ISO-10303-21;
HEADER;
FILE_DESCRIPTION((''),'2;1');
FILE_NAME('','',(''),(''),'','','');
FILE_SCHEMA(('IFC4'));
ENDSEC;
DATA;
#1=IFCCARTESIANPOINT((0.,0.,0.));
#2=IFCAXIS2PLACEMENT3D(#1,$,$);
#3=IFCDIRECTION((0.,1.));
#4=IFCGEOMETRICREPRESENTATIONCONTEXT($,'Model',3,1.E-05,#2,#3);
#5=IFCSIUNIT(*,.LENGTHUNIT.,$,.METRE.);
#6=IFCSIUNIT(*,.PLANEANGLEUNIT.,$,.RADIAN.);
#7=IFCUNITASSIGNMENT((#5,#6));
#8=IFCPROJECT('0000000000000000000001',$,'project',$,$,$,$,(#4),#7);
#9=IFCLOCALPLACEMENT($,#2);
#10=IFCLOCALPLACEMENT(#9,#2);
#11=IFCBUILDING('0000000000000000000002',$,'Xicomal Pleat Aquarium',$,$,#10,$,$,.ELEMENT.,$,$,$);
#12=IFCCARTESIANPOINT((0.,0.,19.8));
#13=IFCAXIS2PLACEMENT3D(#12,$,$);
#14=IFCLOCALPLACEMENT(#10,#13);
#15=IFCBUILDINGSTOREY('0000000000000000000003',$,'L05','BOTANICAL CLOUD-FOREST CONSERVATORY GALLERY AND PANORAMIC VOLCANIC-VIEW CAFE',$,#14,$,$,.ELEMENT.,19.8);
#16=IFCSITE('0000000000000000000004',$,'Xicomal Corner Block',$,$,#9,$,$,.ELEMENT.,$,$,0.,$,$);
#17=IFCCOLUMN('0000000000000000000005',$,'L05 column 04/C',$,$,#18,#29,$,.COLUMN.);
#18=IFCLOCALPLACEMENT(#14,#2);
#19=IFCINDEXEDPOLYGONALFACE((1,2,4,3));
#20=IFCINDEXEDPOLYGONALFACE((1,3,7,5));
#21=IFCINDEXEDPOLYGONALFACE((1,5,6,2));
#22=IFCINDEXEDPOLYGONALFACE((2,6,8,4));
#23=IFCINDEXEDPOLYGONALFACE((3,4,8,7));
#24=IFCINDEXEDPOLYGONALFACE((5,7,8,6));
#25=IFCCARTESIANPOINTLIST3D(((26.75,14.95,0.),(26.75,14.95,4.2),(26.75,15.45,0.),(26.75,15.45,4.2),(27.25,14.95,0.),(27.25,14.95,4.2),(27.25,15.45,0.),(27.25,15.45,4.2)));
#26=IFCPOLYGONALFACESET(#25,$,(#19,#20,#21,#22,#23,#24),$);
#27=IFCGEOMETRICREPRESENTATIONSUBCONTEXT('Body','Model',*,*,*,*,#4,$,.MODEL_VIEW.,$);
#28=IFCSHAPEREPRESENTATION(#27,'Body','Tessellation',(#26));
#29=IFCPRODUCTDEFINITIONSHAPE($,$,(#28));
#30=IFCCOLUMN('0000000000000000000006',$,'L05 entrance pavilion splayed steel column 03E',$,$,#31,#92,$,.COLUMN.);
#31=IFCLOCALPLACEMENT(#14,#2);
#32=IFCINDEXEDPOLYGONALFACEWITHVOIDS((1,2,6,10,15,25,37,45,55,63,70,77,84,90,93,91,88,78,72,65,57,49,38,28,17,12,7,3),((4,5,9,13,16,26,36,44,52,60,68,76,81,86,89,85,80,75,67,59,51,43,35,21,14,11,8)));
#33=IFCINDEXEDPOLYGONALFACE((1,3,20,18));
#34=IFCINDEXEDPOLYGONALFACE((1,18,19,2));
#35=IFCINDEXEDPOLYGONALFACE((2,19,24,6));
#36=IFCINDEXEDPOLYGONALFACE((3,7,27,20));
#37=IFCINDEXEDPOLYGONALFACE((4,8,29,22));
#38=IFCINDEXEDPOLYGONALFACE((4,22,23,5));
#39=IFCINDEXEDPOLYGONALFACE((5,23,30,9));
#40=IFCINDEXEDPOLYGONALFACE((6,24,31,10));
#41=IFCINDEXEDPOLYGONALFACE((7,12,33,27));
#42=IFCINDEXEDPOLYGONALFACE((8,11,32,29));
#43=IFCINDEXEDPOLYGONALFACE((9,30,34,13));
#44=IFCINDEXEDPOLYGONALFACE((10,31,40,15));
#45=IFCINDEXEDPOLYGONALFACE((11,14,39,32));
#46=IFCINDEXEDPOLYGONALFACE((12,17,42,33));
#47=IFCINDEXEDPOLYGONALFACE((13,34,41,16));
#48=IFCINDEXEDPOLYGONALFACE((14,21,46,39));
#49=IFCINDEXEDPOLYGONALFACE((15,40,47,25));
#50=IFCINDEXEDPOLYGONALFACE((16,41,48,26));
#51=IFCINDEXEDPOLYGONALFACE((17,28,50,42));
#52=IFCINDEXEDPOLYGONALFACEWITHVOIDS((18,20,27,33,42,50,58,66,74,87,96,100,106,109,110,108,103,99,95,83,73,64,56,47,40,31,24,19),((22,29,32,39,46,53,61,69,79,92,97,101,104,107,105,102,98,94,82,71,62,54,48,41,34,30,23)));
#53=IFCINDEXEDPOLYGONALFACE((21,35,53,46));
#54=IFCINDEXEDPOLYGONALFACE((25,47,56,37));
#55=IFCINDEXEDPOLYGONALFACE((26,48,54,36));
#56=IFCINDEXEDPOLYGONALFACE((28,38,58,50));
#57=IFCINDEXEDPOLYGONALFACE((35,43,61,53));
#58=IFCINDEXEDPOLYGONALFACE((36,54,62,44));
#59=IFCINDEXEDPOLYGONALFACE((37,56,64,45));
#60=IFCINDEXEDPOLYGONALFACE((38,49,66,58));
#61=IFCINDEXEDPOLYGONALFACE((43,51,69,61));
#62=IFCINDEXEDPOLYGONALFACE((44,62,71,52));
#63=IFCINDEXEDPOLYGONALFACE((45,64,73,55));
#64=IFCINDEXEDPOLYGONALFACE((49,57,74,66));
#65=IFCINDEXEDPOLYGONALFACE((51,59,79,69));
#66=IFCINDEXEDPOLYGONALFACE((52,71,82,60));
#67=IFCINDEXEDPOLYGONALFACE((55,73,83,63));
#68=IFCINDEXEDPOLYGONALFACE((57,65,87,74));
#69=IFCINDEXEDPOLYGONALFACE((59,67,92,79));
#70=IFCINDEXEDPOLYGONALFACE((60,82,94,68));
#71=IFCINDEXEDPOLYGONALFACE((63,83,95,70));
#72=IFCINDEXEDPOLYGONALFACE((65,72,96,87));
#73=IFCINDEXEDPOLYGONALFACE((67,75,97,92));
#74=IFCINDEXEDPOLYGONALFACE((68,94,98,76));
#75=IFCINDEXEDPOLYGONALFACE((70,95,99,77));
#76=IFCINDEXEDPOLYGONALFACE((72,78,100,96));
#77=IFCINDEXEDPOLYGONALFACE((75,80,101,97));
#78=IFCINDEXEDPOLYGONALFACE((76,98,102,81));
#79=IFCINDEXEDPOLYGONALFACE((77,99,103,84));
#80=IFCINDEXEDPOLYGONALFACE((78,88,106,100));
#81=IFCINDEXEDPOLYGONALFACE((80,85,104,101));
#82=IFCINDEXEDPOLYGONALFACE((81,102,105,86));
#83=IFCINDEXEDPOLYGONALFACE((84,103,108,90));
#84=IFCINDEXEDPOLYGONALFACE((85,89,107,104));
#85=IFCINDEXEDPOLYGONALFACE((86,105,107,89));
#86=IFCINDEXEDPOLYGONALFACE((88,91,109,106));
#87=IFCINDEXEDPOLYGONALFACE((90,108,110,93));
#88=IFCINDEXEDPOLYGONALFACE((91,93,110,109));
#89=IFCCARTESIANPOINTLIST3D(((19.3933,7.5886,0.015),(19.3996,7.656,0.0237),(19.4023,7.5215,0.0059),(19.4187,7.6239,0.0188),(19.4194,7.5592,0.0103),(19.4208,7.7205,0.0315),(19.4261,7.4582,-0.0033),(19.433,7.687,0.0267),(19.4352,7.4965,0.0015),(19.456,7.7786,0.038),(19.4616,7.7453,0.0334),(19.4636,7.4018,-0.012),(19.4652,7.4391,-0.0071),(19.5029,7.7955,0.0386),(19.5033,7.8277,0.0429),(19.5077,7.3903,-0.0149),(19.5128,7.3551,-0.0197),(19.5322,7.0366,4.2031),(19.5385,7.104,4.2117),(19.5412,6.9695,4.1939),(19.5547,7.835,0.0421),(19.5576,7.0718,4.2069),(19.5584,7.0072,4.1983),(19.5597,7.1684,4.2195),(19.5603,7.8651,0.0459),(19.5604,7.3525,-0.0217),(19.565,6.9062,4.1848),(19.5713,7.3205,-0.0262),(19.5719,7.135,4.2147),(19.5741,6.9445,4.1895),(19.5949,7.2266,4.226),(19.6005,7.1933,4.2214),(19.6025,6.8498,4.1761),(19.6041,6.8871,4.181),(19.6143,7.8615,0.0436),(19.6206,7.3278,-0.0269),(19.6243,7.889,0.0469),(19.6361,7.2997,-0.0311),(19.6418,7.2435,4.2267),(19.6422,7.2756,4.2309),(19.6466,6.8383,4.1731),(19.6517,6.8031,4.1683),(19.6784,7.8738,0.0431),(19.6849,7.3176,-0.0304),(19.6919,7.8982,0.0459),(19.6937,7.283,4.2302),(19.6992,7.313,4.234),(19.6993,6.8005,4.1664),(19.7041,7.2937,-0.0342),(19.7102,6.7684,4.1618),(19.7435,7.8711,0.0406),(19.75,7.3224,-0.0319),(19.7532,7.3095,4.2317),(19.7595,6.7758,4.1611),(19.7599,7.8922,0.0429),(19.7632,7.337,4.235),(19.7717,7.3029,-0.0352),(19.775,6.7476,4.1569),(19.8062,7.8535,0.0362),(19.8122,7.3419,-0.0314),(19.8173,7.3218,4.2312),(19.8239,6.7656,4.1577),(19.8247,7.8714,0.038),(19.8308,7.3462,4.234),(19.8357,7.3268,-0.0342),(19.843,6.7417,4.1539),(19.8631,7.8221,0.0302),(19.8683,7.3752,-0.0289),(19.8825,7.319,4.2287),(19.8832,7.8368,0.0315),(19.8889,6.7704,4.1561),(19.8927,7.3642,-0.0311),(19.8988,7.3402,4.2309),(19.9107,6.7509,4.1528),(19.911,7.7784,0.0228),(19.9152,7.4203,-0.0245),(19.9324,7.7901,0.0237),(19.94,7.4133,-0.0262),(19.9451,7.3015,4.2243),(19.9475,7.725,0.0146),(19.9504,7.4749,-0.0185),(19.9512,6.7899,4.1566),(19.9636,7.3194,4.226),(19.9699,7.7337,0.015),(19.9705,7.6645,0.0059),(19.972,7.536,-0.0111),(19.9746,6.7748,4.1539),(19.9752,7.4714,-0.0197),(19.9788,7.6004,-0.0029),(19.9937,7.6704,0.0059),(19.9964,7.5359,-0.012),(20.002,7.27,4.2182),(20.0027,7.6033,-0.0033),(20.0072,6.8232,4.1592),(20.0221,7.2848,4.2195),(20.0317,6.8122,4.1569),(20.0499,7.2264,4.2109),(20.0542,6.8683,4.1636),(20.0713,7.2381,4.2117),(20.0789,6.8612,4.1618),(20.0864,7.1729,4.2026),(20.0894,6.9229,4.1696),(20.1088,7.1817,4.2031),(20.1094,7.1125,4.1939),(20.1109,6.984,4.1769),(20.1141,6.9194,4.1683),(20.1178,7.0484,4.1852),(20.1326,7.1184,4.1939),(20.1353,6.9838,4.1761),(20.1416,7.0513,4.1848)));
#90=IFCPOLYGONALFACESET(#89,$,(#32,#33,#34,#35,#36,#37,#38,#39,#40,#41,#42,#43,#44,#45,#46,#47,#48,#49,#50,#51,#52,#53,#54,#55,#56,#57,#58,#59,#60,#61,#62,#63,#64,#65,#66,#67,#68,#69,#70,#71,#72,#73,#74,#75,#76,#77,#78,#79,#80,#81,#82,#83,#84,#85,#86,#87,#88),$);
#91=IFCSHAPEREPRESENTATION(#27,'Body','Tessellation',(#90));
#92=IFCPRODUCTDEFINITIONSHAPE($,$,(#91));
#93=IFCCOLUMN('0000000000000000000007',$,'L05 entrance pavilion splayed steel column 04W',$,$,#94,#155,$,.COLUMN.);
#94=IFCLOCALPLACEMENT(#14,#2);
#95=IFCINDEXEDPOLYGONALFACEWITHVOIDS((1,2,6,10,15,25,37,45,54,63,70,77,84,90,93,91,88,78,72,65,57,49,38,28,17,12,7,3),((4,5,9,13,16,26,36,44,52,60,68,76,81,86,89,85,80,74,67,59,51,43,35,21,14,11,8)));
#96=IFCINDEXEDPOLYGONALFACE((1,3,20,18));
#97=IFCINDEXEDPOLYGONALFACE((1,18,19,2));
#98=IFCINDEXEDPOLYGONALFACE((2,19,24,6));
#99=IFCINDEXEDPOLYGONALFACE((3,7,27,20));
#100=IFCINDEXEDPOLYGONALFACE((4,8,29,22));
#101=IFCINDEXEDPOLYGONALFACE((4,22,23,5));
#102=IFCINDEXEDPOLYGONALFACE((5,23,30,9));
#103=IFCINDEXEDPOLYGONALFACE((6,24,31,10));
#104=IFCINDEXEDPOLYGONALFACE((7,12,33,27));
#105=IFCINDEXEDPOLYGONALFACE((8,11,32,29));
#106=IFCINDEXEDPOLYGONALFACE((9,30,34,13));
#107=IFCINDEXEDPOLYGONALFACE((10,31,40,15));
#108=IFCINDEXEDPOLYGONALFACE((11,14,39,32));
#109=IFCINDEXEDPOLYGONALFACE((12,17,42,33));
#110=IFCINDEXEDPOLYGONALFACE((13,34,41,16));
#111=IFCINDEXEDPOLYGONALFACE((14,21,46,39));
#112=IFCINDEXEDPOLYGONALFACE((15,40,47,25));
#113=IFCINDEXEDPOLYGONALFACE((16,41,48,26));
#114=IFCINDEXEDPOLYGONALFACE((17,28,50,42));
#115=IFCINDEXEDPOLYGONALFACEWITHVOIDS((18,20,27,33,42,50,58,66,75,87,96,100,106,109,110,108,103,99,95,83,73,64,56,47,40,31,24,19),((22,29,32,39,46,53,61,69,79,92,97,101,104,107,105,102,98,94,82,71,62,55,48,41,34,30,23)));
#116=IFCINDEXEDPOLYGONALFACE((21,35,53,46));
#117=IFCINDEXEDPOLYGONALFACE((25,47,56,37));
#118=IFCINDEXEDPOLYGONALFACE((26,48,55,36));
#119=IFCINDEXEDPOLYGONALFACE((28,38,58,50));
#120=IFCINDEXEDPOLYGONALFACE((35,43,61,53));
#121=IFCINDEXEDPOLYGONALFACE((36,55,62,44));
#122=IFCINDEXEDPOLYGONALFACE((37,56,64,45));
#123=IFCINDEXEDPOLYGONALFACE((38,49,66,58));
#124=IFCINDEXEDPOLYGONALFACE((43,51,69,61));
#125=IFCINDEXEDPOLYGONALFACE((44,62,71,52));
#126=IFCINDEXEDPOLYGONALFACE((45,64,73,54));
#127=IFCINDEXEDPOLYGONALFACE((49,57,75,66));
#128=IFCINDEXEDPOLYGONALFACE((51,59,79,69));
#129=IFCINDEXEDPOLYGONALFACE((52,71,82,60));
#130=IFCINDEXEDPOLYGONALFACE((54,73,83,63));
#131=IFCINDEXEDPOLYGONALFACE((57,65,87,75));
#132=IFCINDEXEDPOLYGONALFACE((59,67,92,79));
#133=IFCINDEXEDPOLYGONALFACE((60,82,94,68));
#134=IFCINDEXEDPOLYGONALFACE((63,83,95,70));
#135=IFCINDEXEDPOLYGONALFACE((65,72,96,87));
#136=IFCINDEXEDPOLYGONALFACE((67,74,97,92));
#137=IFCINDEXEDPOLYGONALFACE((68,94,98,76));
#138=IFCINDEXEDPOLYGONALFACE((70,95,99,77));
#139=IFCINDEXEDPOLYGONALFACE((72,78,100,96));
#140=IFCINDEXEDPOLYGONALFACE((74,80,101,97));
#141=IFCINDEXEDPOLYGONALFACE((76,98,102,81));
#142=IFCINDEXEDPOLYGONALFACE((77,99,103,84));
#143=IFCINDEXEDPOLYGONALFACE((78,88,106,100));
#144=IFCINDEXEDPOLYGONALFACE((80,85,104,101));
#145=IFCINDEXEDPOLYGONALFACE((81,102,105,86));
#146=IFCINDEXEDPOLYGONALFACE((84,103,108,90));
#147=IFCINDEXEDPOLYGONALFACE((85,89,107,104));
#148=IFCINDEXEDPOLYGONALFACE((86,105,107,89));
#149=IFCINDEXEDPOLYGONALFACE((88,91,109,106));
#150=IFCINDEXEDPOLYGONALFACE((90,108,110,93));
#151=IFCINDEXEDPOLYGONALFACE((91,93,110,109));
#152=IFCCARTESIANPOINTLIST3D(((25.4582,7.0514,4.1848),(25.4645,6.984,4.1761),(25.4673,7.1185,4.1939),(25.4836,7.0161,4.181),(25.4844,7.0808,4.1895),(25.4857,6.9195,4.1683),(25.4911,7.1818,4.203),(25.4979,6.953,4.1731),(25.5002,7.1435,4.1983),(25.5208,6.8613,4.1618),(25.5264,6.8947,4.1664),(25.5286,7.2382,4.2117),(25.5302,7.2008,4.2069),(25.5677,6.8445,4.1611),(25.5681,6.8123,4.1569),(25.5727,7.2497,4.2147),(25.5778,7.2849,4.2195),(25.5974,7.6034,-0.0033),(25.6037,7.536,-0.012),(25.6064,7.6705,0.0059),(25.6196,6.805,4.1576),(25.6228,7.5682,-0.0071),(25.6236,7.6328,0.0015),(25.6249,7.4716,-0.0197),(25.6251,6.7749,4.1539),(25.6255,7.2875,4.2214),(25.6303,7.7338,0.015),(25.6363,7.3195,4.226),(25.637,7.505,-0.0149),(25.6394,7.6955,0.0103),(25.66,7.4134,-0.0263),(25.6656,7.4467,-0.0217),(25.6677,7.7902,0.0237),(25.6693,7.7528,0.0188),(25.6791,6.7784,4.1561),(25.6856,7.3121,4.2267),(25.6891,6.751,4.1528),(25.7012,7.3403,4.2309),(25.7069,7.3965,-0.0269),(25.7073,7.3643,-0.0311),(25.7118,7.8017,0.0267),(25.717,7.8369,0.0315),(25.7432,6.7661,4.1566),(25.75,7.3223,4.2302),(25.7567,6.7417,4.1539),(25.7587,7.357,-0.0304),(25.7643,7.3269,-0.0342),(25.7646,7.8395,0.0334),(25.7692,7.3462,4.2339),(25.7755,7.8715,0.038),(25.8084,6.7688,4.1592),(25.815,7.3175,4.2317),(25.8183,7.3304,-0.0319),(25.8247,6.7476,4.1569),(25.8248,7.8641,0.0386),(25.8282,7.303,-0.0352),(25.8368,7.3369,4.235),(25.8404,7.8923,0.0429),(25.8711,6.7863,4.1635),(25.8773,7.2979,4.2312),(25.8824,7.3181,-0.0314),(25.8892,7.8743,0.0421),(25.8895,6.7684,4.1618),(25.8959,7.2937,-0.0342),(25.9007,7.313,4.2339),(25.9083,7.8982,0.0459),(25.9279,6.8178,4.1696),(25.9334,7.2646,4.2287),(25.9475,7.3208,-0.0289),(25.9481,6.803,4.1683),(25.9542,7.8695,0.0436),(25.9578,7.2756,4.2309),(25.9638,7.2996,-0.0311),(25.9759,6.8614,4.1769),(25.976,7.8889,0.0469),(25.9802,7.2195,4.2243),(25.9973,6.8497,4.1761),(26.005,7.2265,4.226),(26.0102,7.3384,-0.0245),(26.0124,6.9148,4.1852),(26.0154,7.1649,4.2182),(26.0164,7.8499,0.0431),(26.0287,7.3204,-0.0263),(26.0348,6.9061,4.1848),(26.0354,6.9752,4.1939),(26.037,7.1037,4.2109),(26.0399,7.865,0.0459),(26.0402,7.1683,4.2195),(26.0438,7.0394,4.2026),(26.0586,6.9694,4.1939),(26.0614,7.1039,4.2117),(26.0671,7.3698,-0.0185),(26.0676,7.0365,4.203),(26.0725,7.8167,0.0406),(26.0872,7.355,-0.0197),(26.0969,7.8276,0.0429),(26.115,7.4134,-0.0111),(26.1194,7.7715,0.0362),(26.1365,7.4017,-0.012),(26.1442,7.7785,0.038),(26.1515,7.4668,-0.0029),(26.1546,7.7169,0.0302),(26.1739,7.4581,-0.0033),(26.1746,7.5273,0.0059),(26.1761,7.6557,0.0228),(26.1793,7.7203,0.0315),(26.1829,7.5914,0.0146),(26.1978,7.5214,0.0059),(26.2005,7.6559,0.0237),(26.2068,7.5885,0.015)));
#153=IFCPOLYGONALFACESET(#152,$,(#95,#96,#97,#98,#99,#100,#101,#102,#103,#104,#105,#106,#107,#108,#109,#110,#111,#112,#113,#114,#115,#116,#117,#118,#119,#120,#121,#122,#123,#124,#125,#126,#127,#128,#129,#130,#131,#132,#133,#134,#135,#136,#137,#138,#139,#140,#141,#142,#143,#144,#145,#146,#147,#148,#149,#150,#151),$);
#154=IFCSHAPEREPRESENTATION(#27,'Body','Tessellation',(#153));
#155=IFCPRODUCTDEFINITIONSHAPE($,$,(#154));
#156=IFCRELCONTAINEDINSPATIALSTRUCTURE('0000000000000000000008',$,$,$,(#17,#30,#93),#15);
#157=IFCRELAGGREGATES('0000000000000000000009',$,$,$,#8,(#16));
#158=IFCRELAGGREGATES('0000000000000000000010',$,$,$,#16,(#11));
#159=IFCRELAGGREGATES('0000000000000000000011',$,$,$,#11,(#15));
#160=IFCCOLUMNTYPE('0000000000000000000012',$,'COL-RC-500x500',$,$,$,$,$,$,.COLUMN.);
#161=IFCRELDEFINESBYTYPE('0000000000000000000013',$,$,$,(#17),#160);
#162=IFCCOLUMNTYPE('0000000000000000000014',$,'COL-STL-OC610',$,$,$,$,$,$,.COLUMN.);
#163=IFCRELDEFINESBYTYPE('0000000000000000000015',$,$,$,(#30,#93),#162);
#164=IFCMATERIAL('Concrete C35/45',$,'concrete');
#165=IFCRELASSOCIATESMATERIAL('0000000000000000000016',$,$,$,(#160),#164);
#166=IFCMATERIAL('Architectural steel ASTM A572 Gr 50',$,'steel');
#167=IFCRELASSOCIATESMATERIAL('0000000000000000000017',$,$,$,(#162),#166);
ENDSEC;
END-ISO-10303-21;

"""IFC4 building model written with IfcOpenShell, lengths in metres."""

from ifc_helpers import new_model, si_unit, direction, frame, origin, origin_2d, place, context, subcontext, project, spatial, rectangle, hollow_circle, extrude, material, material_profile, profile_set, type_object, element, save


model = new_model("IFC4")

# Units and contexts
model_context = context("Model", 3, precision=1e-05, world=origin(), true_north=direction((0.0, 1.0)))
body_context = subcontext(model_context, "Body", "Model", "MODEL_VIEW")
ifc_project = project(units=[si_unit("LENGTHUNIT", "METRE"), si_unit("PLANEANGLEUNIT", "RADIAN")], contexts=[model_context])

# Site, building, storey
site_placement = place(None, origin())
site = spatial("IfcSite", under=ifc_project, at=site_placement, Name="Xicomal Corner Block", CompositionType="ELEMENT", RefElevation=0.0)
building_placement = place(site_placement, origin())
building = spatial("IfcBuilding", under=site, at=building_placement, Name="Xicomal Pleat Aquarium", CompositionType="ELEMENT")
storey_placement = place(building_placement, frame((0.0, 0.0, 19.8)))
storey = spatial("IfcBuildingStorey", under=building, at=storey_placement, Name="L05", Description="BOTANICAL CLOUD-FOREST CONSERVATORY GALLERY AND PANORAMIC VOLCANIC-VIEW CAFE", CompositionType="ELEMENT", Elevation=19.8)

# Columns
ifc_material_1 = material(Name="Concrete C35/45", Category="concrete")
ifc_material_profile_1 = material_profile(ifc_material_1, rectangle(XDim=0.5, YDim=0.5, at=origin_2d()), Name="RC 500x500")
ifc_profile_set_1 = profile_set([ifc_material_profile_1], Name="Concrete C35/45")
column_type_1 = type_object("IfcColumnType", Name="COL-RC-500x500", PredefinedType="COLUMN", material=ifc_profile_set_1)
column_placement = place(storey_placement, frame((27.0, 15.2, 0.0), z_axis=(0.0, 0.0, 1.0), x_axis=(1.0, 0.0, 0.0)))
element("IfcColumn", 1, at=column_placement, inside=storey, type_object=column_type_1, Name="L05 column 04/C", PredefinedType="COLUMN", context=body_context, shape_type="SweptSolid", body=[
    extrude(rectangle(XDim=0.5, YDim=0.5, at=origin_2d()), origin(), (0.0, 0.0, 1.0), 4.2),
])
ifc_material_2 = material(Name="Architectural steel ASTM A572 Gr 50", Category="steel")
ifc_material_profile_2 = material_profile(ifc_material_2, hollow_circle(Radius=0.3049, WallThickness=0.0239, at=origin_2d()), Name="OC 610x24")
ifc_profile_set_2 = profile_set([ifc_material_profile_2], Name="Architectural steel ASTM A572 Gr 50")
column_type_2 = type_object("IfcColumnType", Name="COL-STL-OC610", PredefinedType="COLUMN", material=ifc_profile_set_2)
for number, where, z_axis, x_axis, name in (
    (2, (19.698, 7.5959, 0.0059), (0.032868, -0.130605, 0.990889), (0.969763, 0.244049, 0.0), "L05 entrance pavilion splayed steel column 03E"),
    (3, (25.9021, 7.5959, 0.0059), (-0.032926, -0.130605, 0.990888), (0.969661, -0.244452, 0.0), "L05 entrance pavilion splayed steel column 04W"),
):
    element("IfcColumn", number, at=place(storey_placement, frame(where, z_axis=z_axis, x_axis=x_axis)), inside=storey, type_object=column_type_2, Name=name, PredefinedType="COLUMN", context=body_context, shape_type="SweptSolid", body=[
        extrude(hollow_circle(Radius=0.3049, WallThickness=0.0239, at=origin_2d()), origin(), (0.0, 0.0, 1.0), 4.2266),
    ])

save(model, "model.ifc")
